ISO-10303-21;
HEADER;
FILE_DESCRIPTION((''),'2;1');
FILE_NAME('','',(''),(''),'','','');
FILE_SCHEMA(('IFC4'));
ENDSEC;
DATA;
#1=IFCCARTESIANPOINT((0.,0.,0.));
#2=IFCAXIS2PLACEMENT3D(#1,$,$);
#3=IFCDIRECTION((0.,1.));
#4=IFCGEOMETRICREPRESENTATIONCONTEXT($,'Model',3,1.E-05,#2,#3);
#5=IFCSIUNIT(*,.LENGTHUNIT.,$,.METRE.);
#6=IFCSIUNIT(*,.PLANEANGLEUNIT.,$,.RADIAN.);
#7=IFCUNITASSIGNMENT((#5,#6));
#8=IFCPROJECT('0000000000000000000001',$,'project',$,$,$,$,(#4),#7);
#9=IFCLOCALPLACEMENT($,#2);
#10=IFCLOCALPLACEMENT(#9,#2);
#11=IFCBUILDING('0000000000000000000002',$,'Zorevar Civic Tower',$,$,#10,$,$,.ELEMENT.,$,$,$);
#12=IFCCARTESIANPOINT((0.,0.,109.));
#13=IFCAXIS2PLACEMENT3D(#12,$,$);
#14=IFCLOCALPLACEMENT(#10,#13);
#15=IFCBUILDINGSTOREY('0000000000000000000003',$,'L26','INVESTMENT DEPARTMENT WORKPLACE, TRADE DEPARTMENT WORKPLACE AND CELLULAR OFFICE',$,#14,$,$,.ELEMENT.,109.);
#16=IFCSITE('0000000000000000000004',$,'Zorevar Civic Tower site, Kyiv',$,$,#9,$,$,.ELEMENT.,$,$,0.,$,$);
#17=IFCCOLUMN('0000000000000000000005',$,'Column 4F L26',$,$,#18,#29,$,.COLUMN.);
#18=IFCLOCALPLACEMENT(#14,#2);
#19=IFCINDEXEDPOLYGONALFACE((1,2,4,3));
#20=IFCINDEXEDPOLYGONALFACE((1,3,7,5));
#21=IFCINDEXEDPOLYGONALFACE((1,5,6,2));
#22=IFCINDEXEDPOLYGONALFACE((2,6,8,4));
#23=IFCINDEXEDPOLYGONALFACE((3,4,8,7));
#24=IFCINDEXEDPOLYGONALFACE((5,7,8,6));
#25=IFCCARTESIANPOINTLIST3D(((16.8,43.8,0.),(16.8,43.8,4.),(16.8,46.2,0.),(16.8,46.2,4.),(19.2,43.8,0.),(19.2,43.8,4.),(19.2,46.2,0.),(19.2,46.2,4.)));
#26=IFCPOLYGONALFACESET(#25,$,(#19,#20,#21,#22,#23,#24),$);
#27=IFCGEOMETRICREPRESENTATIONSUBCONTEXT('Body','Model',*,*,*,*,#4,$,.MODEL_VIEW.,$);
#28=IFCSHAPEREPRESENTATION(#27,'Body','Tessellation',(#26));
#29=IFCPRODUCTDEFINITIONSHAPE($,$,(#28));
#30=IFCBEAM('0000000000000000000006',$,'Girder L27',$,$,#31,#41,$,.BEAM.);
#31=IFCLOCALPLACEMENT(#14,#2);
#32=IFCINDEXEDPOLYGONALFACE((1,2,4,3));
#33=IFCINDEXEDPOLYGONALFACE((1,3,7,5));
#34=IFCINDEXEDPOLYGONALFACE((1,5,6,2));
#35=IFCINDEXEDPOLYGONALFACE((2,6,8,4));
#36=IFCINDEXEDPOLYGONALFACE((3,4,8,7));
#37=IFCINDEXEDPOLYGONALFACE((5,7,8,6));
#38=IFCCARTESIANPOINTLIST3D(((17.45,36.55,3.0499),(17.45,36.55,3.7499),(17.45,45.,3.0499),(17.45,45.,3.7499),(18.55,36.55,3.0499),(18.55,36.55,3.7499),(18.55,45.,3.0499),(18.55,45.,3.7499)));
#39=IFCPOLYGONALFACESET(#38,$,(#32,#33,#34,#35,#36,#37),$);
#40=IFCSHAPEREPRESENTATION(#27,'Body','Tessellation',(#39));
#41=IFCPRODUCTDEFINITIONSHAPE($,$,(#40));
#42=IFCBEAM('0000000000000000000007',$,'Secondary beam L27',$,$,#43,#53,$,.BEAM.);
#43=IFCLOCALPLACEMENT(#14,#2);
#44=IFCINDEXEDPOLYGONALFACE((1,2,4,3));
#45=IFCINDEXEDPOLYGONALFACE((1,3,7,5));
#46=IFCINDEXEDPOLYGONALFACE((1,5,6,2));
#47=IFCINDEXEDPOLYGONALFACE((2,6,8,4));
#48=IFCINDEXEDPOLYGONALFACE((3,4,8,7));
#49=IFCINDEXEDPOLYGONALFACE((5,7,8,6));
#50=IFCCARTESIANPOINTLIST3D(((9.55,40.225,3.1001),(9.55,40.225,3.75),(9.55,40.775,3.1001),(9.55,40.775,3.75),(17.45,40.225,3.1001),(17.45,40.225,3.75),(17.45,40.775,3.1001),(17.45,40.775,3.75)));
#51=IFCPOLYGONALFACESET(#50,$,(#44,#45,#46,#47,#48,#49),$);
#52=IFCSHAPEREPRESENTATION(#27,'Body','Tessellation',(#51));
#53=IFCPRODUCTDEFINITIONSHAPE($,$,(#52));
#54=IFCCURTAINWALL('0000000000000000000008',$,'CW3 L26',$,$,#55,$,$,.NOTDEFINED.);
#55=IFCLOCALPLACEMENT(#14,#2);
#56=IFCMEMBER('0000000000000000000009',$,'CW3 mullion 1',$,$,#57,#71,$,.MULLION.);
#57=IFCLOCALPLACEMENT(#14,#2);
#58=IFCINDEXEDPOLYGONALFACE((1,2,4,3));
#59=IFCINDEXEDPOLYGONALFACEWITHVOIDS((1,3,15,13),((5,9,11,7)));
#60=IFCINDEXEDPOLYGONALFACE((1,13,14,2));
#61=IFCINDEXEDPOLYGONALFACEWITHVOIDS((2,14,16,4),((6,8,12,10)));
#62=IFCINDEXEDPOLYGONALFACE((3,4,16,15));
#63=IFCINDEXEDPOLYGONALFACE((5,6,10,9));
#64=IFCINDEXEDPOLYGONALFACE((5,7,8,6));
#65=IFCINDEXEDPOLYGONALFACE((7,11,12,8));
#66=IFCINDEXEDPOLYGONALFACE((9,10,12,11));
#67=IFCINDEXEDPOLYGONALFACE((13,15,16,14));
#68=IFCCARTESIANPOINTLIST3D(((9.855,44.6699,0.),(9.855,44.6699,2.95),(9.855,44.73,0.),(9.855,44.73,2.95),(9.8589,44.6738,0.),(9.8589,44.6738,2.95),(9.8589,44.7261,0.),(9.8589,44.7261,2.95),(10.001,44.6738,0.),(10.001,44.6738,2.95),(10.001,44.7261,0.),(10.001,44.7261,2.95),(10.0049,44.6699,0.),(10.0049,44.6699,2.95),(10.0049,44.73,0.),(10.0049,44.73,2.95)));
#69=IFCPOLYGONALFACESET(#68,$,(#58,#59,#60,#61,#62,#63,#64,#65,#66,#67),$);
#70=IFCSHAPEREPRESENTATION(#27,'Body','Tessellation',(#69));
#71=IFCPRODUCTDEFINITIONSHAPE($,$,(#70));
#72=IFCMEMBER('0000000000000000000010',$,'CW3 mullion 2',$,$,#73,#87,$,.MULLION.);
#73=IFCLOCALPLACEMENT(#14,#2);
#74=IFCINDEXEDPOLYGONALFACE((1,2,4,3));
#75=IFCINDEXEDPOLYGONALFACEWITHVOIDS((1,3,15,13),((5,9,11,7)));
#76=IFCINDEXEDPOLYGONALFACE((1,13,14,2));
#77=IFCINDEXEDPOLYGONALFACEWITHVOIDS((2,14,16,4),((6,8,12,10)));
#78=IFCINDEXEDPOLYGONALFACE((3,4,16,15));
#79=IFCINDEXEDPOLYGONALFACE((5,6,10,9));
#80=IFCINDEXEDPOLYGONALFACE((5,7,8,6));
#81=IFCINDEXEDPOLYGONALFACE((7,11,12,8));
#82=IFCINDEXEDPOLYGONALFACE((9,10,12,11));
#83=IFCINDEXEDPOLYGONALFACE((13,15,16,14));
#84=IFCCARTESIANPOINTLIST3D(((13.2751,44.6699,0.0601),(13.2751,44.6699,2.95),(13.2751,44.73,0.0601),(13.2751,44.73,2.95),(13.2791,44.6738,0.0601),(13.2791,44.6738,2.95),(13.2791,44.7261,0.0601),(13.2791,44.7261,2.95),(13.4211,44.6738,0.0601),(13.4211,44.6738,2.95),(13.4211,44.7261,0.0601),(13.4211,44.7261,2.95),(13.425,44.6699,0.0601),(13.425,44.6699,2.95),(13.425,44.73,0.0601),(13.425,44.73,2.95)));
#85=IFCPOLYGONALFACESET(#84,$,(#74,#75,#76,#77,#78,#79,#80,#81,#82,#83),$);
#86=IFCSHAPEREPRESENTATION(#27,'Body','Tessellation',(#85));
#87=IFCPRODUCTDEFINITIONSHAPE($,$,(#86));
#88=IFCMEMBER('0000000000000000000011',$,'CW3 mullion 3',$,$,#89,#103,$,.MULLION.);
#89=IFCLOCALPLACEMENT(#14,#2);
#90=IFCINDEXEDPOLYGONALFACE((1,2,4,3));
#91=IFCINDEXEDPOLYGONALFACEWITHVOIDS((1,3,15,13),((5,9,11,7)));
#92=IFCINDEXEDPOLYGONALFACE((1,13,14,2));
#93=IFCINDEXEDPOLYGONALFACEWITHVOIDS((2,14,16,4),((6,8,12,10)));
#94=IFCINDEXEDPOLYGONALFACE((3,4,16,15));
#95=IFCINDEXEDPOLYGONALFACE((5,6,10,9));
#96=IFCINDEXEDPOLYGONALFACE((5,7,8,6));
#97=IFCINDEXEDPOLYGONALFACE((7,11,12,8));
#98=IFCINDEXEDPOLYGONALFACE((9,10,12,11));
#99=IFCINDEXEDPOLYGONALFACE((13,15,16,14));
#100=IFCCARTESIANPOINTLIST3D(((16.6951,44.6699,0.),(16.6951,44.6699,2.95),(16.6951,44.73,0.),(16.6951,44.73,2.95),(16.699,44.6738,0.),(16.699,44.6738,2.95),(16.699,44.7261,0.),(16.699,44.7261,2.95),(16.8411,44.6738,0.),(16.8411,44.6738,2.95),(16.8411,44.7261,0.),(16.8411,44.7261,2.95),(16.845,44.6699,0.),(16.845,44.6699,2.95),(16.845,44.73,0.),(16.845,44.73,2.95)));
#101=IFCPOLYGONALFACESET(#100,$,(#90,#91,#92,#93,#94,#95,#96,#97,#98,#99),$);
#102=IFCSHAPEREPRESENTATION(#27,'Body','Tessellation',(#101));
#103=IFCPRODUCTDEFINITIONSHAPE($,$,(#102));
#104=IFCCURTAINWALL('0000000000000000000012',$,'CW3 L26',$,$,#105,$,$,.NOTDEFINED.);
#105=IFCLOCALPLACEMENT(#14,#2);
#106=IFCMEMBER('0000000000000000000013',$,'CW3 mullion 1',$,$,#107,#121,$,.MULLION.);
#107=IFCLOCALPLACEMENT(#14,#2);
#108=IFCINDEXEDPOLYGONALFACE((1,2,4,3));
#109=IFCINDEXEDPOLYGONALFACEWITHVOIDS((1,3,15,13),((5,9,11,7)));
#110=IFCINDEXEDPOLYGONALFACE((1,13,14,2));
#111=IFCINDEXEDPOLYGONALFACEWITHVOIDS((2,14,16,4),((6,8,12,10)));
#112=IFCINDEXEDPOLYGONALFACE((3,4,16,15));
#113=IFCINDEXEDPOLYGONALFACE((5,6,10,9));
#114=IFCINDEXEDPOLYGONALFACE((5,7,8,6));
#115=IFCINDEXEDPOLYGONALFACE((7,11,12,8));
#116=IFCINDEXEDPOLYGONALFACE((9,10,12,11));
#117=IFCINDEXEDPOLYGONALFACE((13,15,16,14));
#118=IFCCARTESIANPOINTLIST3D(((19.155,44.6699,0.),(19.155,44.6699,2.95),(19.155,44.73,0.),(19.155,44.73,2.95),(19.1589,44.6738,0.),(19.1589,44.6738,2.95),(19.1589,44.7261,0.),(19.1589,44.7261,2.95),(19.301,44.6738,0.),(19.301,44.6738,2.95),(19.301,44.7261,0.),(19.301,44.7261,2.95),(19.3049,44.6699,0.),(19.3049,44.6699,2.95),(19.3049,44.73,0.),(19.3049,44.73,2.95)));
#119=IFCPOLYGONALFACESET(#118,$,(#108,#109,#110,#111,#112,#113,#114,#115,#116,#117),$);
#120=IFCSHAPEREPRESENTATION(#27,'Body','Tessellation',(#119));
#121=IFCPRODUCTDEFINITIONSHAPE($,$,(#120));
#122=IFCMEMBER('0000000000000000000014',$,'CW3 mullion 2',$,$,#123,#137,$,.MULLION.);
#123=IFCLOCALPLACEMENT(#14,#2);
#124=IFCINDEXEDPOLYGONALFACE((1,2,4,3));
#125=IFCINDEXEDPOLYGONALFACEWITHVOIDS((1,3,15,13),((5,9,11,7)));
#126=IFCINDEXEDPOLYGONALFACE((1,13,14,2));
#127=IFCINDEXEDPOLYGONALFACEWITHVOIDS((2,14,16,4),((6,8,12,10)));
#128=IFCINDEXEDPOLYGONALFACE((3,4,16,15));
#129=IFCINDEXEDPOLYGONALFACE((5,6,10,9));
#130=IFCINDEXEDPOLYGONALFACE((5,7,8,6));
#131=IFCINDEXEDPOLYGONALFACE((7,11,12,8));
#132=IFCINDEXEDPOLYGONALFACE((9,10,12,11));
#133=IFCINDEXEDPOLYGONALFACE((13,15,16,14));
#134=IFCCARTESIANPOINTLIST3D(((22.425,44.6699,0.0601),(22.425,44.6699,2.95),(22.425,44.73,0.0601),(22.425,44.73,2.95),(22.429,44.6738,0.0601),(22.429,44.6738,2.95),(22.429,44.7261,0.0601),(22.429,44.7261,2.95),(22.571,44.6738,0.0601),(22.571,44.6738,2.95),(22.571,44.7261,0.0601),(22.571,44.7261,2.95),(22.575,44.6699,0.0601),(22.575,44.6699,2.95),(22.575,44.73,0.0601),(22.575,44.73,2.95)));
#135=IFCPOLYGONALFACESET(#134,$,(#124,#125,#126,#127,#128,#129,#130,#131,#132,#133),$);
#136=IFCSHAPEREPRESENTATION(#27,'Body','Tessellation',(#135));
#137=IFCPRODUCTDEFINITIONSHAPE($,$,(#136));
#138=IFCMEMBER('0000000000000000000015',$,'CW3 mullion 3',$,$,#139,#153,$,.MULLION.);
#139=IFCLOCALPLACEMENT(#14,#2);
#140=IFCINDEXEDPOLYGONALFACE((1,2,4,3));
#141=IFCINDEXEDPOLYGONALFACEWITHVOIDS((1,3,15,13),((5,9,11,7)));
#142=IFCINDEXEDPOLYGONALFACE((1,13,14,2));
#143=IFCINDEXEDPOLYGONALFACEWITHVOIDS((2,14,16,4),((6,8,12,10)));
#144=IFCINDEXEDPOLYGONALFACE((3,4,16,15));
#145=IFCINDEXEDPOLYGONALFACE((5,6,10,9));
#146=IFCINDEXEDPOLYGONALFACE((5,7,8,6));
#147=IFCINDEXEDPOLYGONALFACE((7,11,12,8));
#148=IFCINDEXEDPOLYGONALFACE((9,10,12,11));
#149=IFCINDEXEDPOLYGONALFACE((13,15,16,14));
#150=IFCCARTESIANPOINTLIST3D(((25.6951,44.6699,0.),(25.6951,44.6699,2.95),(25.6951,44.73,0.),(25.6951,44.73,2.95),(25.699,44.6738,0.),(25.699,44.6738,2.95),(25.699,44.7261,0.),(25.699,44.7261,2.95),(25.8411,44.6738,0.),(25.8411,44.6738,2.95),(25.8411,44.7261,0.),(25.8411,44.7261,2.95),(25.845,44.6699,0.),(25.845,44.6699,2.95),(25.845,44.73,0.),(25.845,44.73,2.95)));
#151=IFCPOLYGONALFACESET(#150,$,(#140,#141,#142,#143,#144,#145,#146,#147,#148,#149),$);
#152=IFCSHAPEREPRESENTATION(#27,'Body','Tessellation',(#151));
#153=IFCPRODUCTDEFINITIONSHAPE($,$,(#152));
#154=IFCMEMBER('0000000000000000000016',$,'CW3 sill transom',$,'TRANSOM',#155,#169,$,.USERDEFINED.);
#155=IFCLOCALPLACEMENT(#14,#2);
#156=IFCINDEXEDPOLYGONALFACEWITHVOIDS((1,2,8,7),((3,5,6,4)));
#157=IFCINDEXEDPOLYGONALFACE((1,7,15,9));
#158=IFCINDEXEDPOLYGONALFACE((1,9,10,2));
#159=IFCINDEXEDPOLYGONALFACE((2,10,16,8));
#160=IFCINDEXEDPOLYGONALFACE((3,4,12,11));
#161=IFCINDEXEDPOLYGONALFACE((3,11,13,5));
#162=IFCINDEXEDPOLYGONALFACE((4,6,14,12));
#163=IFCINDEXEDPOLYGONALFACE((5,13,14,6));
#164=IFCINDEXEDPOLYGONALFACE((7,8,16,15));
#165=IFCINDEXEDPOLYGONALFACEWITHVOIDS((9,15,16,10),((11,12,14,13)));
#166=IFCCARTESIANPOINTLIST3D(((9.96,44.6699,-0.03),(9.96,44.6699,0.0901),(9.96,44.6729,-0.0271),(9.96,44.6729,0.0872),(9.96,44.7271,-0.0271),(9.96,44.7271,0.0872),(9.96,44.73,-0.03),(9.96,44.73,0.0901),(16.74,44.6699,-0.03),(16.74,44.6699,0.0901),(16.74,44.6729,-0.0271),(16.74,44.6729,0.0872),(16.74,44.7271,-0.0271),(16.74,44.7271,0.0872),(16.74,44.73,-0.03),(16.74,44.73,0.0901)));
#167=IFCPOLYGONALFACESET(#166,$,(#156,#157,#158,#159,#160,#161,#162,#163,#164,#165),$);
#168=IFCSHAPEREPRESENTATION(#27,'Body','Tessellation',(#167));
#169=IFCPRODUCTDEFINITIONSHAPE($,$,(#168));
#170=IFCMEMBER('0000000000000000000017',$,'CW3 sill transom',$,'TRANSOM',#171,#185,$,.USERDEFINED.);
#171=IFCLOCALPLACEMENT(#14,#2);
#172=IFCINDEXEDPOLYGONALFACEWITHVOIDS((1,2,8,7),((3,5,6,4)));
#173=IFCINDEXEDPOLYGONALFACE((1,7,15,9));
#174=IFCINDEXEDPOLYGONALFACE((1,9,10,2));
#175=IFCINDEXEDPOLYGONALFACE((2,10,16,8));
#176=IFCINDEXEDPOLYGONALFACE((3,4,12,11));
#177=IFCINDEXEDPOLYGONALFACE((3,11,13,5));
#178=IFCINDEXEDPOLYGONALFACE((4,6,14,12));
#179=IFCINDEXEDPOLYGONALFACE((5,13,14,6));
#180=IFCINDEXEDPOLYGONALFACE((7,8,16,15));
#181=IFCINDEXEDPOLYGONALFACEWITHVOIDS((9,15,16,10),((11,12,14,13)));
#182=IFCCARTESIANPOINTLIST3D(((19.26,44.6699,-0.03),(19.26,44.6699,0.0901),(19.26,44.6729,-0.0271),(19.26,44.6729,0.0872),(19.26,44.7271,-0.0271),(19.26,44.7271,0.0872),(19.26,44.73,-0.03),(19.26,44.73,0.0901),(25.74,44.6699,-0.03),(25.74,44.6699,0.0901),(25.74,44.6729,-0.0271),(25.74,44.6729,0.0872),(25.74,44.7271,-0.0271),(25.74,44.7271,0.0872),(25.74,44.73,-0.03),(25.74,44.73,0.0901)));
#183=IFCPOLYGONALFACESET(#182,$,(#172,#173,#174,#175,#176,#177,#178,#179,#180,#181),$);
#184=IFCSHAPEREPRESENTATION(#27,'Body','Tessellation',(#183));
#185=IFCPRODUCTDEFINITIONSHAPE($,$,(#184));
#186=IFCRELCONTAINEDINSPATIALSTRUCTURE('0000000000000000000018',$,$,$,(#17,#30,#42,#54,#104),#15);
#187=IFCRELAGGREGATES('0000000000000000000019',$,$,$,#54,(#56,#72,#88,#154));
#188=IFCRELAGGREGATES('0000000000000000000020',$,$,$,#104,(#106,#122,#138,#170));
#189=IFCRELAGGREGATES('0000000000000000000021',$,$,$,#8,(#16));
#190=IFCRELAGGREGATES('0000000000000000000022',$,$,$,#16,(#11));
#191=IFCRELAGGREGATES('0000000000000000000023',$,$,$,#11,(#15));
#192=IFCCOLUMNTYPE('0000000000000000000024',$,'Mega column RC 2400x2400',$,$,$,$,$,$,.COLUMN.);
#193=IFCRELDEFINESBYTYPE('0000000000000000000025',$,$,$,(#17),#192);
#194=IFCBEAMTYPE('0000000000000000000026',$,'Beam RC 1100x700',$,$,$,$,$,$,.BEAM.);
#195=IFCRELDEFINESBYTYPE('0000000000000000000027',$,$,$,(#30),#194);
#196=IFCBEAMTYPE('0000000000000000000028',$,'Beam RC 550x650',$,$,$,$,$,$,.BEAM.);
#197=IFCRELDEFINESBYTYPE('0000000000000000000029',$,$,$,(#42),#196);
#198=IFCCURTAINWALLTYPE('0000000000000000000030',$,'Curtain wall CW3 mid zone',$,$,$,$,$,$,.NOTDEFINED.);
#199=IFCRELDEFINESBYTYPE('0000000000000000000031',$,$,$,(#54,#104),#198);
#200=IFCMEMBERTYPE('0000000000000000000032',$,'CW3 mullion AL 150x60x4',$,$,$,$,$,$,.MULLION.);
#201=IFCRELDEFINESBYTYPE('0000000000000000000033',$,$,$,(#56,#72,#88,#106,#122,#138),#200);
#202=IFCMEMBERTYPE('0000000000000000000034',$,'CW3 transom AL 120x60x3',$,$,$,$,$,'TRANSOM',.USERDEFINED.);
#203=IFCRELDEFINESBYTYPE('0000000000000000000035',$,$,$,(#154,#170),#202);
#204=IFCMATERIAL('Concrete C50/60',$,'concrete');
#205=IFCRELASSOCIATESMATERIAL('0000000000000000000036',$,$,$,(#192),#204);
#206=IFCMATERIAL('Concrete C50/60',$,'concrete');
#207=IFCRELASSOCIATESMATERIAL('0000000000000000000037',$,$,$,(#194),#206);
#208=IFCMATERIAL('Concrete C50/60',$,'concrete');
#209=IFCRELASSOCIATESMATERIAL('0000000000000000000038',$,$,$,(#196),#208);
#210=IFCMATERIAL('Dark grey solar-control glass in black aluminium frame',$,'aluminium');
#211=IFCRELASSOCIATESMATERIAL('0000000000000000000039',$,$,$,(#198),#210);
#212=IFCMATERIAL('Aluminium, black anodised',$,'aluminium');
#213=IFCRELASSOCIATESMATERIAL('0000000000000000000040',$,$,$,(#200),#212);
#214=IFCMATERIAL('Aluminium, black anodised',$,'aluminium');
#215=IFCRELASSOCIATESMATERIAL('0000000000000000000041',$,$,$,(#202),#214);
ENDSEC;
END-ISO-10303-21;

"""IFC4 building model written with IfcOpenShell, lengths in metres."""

from ifc_helpers import new_model, si_unit, direction, frame, origin, origin_2d, place, context, subcontext, project, spatial, rectangle, hollow_rectangle, extrude, material, material_profile, profile_set, type_object, element, aggregate, save


model = new_model("IFC4")

# Units and contexts
model_context = context("Model", 3, precision=1e-05, world=origin(), true_north=direction((0.0, 1.0)))
body_context = subcontext(model_context, "Body", "Model", "MODEL_VIEW")
ifc_project = project(units=[si_unit("LENGTHUNIT", "METRE"), si_unit("PLANEANGLEUNIT", "RADIAN")], contexts=[model_context])

# Site, building, storey
site_placement = place(None, origin())
site = spatial("IfcSite", under=ifc_project, at=site_placement, Name="Zorevar Civic Tower site, Kyiv", CompositionType="ELEMENT", RefElevation=0.0)
building_placement = place(site_placement, origin())
building = spatial("IfcBuilding", under=site, at=building_placement, Name="Zorevar Civic Tower", CompositionType="ELEMENT")
storey_placement = place(building_placement, frame((0.0, 0.0, 109.0)))
storey = spatial("IfcBuildingStorey", under=building, at=storey_placement, Name="L26", Description="INVESTMENT DEPARTMENT WORKPLACE, TRADE DEPARTMENT WORKPLACE AND CELLULAR OFFICE", CompositionType="ELEMENT", Elevation=109.0)

# Column
ifc_material_1 = material(Name="Concrete C50/60", Category="concrete")
ifc_material_profile_1 = material_profile(ifc_material_1, rectangle(XDim=2.3999, YDim=2.3999, at=origin_2d()), Name="RC 2400x2400")
ifc_profile_set_1 = profile_set([ifc_material_profile_1], Name="Concrete C50/60")
column_type = type_object("IfcColumnType", Name="Mega column RC 2400x2400", PredefinedType="COLUMN", material=ifc_profile_set_1)
column_placement = place(storey_placement, frame((18.0, 45.0, 0.0), z_axis=(0.0, 0.0, 1.0), x_axis=(1.0, 0.0, 0.0)))
element("IfcColumn", 1, at=column_placement, inside=storey, type_object=column_type, Name="Column 4F L26", PredefinedType="COLUMN", context=body_context, shape_type="SweptSolid", body=[
    extrude(rectangle(XDim=2.3999, YDim=2.3999, at=origin_2d()), origin(), (0.0, 0.0, 1.0), 4.0),
])

# Beams
ifc_material_2 = material(Name="Concrete C50/60", Category="concrete")
ifc_material_profile_2 = material_profile(ifc_material_2, rectangle(XDim=1.1001, YDim=0.7, at=origin_2d()), Name="RC 1100x700")
ifc_profile_set_2 = profile_set([ifc_material_profile_2], Name="Concrete C50/60")
beam_type_1 = type_object("IfcBeamType", Name="Beam RC 1100x700", PredefinedType="BEAM", material=ifc_profile_set_2)
beam_1_placement = place(storey_placement, frame((18.0, 36.55, 3.3999), z_axis=(0.0, 1.0, 0.0), x_axis=(-1.0, 0.0, 0.0)))
element("IfcBeam", 2, at=beam_1_placement, inside=storey, type_object=beam_type_1, Name="Girder L27", PredefinedType="BEAM", context=body_context, shape_type="SweptSolid", body=[
    extrude(rectangle(XDim=1.1001, YDim=0.7, at=origin_2d()), origin(), (0.0, 0.0, 1.0), 8.45),
])
ifc_material_3 = material(Name="Concrete C50/60", Category="concrete")
ifc_material_profile_3 = material_profile(ifc_material_3, rectangle(XDim=0.55, YDim=0.6499, at=origin_2d()), Name="RC 550x650")
ifc_profile_set_3 = profile_set([ifc_material_profile_3], Name="Concrete C50/60")
beam_type_2 = type_object("IfcBeamType", Name="Beam RC 550x650", PredefinedType="BEAM", material=ifc_profile_set_3)
beam_2_placement = place(storey_placement, frame((9.55, 40.5, 3.425), z_axis=(1.0, 0.0, 0.0), x_axis=(0.0, 1.0, 0.0)))
element("IfcBeam", 3, at=beam_2_placement, inside=storey, type_object=beam_type_2, Name="Secondary beam L27", PredefinedType="BEAM", context=body_context, shape_type="SweptSolid", body=[
    extrude(rectangle(XDim=0.55, YDim=0.6499, at=origin_2d()), origin(), (0.0, 0.0, 1.0), 7.8999),
])

# Curtain walls, members
ifc_material_4 = material(Name="Dark grey solar-control glass in black aluminium frame", Category="aluminium")
curtain_wall_type = type_object("IfcCurtainWallType", Name="Curtain wall CW3 mid zone", PredefinedType="NOTDEFINED", material=ifc_material_4)
curtain_wall_1_placement = place(storey_placement, origin())
curtain_wall_1 = element("IfcCurtainWall", 4, at=curtain_wall_1_placement, inside=storey, type_object=curtain_wall_type, Name="CW3 L26", PredefinedType="NOTDEFINED")
ifc_material_5 = material(Name="Aluminium, black anodised", Category="aluminium")
ifc_material_profile_4 = material_profile(ifc_material_5, hollow_rectangle(XDim=0.0601, YDim=0.1499, WallThickness=0.0039, at=origin_2d()), Name="AL 150x60x4")
ifc_profile_set_4 = profile_set([ifc_material_profile_4], Name="Aluminium, black anodised")
member_type_1 = type_object("IfcMemberType", Name="CW3 mullion AL 150x60x4", PredefinedType="MULLION", material=ifc_profile_set_4)
member_1_placement = place(storey_placement, frame((9.9299, 44.7, 0.0), z_axis=(0.0, 0.0, 1.0), x_axis=(0.0, 1.0, 0.0)))
member_1 = element("IfcMember", 5, at=member_1_placement, type_object=member_type_1, Name="CW3 mullion 1", PredefinedType="MULLION", context=body_context, shape_type="SweptSolid", body=[
    extrude(hollow_rectangle(XDim=0.0601, YDim=0.1499, WallThickness=0.0039, at=origin_2d()), origin(), (0.0, 0.0, 1.0), 2.95),
])
member_2_placement = place(storey_placement, frame((13.3501, 44.7, 0.0601), z_axis=(0.0, 0.0, 1.0), x_axis=(0.0, 1.0, 0.0)))
member_2 = element("IfcMember", 6, at=member_2_placement, type_object=member_type_1, Name="CW3 mullion 2", PredefinedType="MULLION", context=body_context, shape_type="SweptSolid", body=[
    extrude(hollow_rectangle(XDim=0.0601, YDim=0.1499, WallThickness=0.0039, at=origin_2d()), origin(), (0.0, 0.0, 1.0), 2.8899),
])
member_3_placement = place(storey_placement, frame((16.77, 44.7, 0.0), z_axis=(0.0, 0.0, 1.0), x_axis=(0.0, 1.0, 0.0)))
member_3 = element("IfcMember", 7, at=member_3_placement, type_object=member_type_1, Name="CW3 mullion 3", PredefinedType="MULLION", context=body_context, shape_type="SweptSolid", body=[
    extrude(hollow_rectangle(XDim=0.0601, YDim=0.1499, WallThickness=0.0039, at=origin_2d()), origin(), (0.0, 0.0, 1.0), 2.95),
])
curtain_wall_2_placement = place(storey_placement, origin())
curtain_wall_2 = element("IfcCurtainWall", 8, at=curtain_wall_2_placement, inside=storey, type_object=curtain_wall_type, Name="CW3 L26", PredefinedType="NOTDEFINED")
member_4_placement = place(storey_placement, frame((19.23, 44.7, 0.0), z_axis=(0.0, 0.0, 1.0), x_axis=(0.0, 1.0, 0.0)))
member_4 = element("IfcMember", 9, at=member_4_placement, type_object=member_type_1, Name="CW3 mullion 1", PredefinedType="MULLION", context=body_context, shape_type="SweptSolid", body=[
    extrude(hollow_rectangle(XDim=0.0601, YDim=0.1499, WallThickness=0.0039, at=origin_2d()), origin(), (0.0, 0.0, 1.0), 2.95),
])
member_5_placement = place(storey_placement, frame((22.5, 44.7, 0.0601), z_axis=(0.0, 0.0, 1.0), x_axis=(0.0, 1.0, 0.0)))
member_5 = element("IfcMember", 10, at=member_5_placement, type_object=member_type_1, Name="CW3 mullion 2", PredefinedType="MULLION", context=body_context, shape_type="SweptSolid", body=[
    extrude(hollow_rectangle(XDim=0.0601, YDim=0.1499, WallThickness=0.0039, at=origin_2d()), origin(), (0.0, 0.0, 1.0), 2.8899),
])
member_6_placement = place(storey_placement, frame((25.77, 44.7, 0.0), z_axis=(0.0, 0.0, 1.0), x_axis=(0.0, 1.0, 0.0)))
member_6 = element("IfcMember", 11, at=member_6_placement, type_object=member_type_1, Name="CW3 mullion 3", PredefinedType="MULLION", context=body_context, shape_type="SweptSolid", body=[
    extrude(hollow_rectangle(XDim=0.0601, YDim=0.1499, WallThickness=0.0039, at=origin_2d()), origin(), (0.0, 0.0, 1.0), 2.95),
])

# Members
ifc_material_6 = material(Name="Aluminium, black anodised", Category="aluminium")
ifc_material_profile_5 = material_profile(ifc_material_6, hollow_rectangle(XDim=0.0601, YDim=0.1201, WallThickness=0.0029, at=origin_2d()), Name="AL 120x60x3")
ifc_profile_set_5 = profile_set([ifc_material_profile_5], Name="Aluminium, black anodised")
member_type_2 = type_object("IfcMemberType", Name="CW3 transom AL 120x60x3", ElementType="TRANSOM", PredefinedType="USERDEFINED", material=ifc_profile_set_5)
member_7_placement = place(storey_placement, frame((9.96, 44.7, 0.03), z_axis=(1.0, 0.0, 0.0), x_axis=(0.0, 1.0, 0.0)))
member_7 = element("IfcMember", 12, at=member_7_placement, type_object=member_type_2, Name="CW3 sill transom", ObjectType="TRANSOM", PredefinedType="USERDEFINED", context=body_context, shape_type="SweptSolid", body=[
    extrude(hollow_rectangle(XDim=0.0601, YDim=0.1201, WallThickness=0.0029, at=origin_2d()), origin(), (0.0, 0.0, 1.0), 6.78),
])
member_8_placement = place(storey_placement, frame((19.26, 44.7, 0.03), z_axis=(1.0, 0.0, 0.0), x_axis=(0.0, 1.0, 0.0)))
member_8 = element("IfcMember", 13, at=member_8_placement, type_object=member_type_2, Name="CW3 sill transom", ObjectType="TRANSOM", PredefinedType="USERDEFINED", context=body_context, shape_type="SweptSolid", body=[
    extrude(hollow_rectangle(XDim=0.0601, YDim=0.1201, WallThickness=0.0029, at=origin_2d()), origin(), (0.0, 0.0, 1.0), 6.48),
])

aggregate(curtain_wall_1, [member_1, member_2, member_3, member_7])
aggregate(curtain_wall_2, [member_4, member_5, member_6, member_8])

save(model, "model.ifc")
